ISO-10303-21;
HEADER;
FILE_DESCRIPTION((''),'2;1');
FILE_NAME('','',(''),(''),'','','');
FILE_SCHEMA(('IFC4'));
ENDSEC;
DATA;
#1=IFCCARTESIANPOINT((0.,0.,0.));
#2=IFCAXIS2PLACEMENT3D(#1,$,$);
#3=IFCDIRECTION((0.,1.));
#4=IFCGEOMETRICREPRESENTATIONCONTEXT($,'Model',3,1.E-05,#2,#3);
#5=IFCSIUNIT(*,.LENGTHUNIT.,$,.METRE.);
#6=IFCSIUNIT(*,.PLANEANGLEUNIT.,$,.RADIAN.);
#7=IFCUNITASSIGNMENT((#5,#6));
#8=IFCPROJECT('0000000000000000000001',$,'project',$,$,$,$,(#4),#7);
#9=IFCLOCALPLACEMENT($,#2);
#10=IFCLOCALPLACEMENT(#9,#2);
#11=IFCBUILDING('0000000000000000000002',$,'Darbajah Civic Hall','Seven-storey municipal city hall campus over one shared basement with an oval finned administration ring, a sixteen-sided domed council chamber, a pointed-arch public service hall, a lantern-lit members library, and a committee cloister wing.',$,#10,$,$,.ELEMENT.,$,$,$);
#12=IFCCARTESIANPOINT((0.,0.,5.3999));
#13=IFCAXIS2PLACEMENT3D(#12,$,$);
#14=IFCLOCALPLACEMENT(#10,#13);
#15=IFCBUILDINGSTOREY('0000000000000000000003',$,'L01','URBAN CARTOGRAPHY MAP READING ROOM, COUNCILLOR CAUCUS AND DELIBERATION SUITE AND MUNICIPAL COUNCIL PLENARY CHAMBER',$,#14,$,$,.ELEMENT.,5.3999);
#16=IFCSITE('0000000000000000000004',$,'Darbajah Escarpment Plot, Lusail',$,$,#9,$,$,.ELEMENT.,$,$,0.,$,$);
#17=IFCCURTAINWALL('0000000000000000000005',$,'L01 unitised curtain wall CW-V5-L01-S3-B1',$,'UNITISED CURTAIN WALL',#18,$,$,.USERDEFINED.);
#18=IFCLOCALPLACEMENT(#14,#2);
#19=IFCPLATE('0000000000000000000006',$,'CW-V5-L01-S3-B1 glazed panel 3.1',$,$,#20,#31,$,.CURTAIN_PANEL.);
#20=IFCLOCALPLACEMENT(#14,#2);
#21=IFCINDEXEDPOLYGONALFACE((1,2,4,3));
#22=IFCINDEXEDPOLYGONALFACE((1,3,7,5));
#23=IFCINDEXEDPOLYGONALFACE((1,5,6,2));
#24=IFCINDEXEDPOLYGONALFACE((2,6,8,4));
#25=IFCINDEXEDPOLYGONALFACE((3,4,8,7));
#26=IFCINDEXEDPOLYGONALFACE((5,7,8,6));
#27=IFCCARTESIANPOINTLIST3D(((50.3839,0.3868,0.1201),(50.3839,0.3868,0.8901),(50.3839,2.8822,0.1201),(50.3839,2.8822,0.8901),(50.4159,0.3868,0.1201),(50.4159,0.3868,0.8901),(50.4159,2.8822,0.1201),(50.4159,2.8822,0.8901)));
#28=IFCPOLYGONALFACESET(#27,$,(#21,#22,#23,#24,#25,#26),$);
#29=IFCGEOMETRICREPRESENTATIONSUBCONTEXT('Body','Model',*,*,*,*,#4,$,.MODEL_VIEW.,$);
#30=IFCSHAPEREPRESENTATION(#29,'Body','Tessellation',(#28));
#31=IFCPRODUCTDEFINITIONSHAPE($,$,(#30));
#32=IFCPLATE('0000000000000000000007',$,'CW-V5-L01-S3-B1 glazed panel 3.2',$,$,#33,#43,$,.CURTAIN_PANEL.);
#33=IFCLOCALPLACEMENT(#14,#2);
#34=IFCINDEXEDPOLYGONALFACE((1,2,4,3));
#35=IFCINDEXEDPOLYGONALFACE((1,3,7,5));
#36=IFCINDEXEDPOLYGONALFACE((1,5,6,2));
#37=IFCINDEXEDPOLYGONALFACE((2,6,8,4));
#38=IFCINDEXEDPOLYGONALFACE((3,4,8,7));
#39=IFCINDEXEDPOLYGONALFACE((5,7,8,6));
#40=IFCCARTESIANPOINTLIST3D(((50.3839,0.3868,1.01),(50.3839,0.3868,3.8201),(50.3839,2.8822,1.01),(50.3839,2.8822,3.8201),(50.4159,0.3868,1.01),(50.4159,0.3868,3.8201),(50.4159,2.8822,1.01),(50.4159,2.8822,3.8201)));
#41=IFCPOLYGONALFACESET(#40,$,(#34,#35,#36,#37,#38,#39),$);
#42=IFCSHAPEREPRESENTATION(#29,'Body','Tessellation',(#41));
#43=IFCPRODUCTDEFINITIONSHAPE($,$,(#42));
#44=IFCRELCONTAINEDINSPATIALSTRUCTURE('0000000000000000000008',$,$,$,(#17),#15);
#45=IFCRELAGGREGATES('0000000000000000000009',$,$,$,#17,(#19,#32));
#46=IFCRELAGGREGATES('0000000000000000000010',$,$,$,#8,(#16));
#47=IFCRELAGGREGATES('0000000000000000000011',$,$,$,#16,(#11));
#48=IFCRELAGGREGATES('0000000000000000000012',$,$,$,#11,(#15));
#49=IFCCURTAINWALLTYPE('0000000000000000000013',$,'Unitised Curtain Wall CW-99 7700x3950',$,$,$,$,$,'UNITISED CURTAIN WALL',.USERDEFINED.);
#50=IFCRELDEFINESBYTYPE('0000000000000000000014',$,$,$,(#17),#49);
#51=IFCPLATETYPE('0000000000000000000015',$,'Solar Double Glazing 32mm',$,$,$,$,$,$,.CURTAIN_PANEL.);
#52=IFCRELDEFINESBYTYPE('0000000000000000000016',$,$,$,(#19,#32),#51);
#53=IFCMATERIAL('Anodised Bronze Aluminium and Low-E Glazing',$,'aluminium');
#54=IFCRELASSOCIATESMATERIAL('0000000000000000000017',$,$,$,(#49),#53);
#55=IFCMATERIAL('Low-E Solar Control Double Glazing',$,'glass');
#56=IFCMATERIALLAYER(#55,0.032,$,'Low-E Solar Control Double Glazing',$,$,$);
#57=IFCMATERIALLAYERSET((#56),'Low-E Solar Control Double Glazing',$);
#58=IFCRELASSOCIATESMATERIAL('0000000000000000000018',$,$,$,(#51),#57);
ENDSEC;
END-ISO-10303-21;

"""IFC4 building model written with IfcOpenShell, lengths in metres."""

from ifc_helpers import new_model, si_unit, direction, frame, origin, origin_2d, place, context, subcontext, project, spatial, rectangle, extrude, material, layer, layer_set, type_object, element, aggregate, save


model = new_model("IFC4")

# Units and contexts
model_context = context("Model", 3, precision=1e-05, world=origin(), true_north=direction((0.0, 1.0)))
body_context = subcontext(model_context, "Body", "Model", "MODEL_VIEW")
ifc_project = project(units=[si_unit("LENGTHUNIT", "METRE"), si_unit("PLANEANGLEUNIT", "RADIAN")], contexts=[model_context])

# Site, building, storey
site_placement = place(None, origin())
site = spatial("IfcSite", under=ifc_project, at=site_placement, Name="Darbajah Escarpment Plot, Lusail", CompositionType="ELEMENT", RefElevation=0.0)
building_placement = place(site_placement, origin())
building = spatial("IfcBuilding", under=site, at=building_placement, Name="Darbajah Civic Hall", Description="Seven-storey municipal city hall campus over one shared basement with an oval finned administration ring, a sixteen-sided domed council chamber, a pointed-arch public service hall, a lantern-lit members library, and a committee cloister wing.", CompositionType="ELEMENT")
storey_placement = place(building_placement, frame((0.0, 0.0, 5.3999)))
storey = spatial("IfcBuildingStorey", under=building, at=storey_placement, Name="L01", Description="URBAN CARTOGRAPHY MAP READING ROOM, COUNCILLOR CAUCUS AND DELIBERATION SUITE AND MUNICIPAL COUNCIL PLENARY CHAMBER", CompositionType="ELEMENT", Elevation=5.3999)

# Shared definitions
ifc_material_1 = material(Name="Anodised Bronze Aluminium and Low-E Glazing", Category="aluminium")
curtain_wall_type = type_object("IfcCurtainWallType", Name="Unitised Curtain Wall CW-99 7700x3950", ElementType="UNITISED CURTAIN WALL", PredefinedType="USERDEFINED", material=ifc_material_1)

# Curtain wall
curtain_wall_1_placement = place(storey_placement, origin())
curtain_wall_1 = element("IfcCurtainWall", 1, at=curtain_wall_1_placement, inside=storey, type_object=curtain_wall_type, Name="L01 unitised curtain wall CW-V5-L01-S3-B1", ObjectType="UNITISED CURTAIN WALL", PredefinedType="USERDEFINED")

# Plates
ifc_material_2 = material(Name="Low-E Solar Control Double Glazing", Category="glass")
ifc_layer = layer(ifc_material_2, 0.032, Name="Low-E Solar Control Double Glazing")
ifc_layer_set = layer_set([ifc_layer], Name="Low-E Solar Control Double Glazing")
plate_type = type_object("IfcPlateType", Name="Solar Double Glazing 32mm", PredefinedType="CURTAIN_PANEL", material=ifc_layer_set)
plate_1_placement = place(storey_placement, frame((50.3999, 1.6345, 0.1201), z_axis=(0.0, 0.0, 1.0), x_axis=(0.0, -1.0, 0.0)))
plate_1 = element("IfcPlate", 2, at=plate_1_placement, type_object=plate_type, Name="CW-V5-L01-S3-B1 glazed panel 3.1", PredefinedType="CURTAIN_PANEL", context=body_context, shape_type="SweptSolid", body=[
    extrude(rectangle(XDim=2.4954, YDim=0.032, at=origin_2d()), origin(), (0.0, 0.0, 1.0), 0.77),
])
plate_2_placement = place(storey_placement, frame((50.3999, 1.6345, 1.01), z_axis=(0.0, 0.0, 1.0), x_axis=(0.0, -1.0, 0.0)))
plate_2 = element("IfcPlate", 3, at=plate_2_placement, type_object=plate_type, Name="CW-V5-L01-S3-B1 glazed panel 3.2", PredefinedType="CURTAIN_PANEL", context=body_context, shape_type="SweptSolid", body=[
    extrude(rectangle(XDim=2.4954, YDim=0.032, at=origin_2d()), origin(), (0.0, 0.0, 1.0), 2.8101),
])
aggregate(curtain_wall_1, [plate_1, plate_2])

save(model, "model.ifc")
